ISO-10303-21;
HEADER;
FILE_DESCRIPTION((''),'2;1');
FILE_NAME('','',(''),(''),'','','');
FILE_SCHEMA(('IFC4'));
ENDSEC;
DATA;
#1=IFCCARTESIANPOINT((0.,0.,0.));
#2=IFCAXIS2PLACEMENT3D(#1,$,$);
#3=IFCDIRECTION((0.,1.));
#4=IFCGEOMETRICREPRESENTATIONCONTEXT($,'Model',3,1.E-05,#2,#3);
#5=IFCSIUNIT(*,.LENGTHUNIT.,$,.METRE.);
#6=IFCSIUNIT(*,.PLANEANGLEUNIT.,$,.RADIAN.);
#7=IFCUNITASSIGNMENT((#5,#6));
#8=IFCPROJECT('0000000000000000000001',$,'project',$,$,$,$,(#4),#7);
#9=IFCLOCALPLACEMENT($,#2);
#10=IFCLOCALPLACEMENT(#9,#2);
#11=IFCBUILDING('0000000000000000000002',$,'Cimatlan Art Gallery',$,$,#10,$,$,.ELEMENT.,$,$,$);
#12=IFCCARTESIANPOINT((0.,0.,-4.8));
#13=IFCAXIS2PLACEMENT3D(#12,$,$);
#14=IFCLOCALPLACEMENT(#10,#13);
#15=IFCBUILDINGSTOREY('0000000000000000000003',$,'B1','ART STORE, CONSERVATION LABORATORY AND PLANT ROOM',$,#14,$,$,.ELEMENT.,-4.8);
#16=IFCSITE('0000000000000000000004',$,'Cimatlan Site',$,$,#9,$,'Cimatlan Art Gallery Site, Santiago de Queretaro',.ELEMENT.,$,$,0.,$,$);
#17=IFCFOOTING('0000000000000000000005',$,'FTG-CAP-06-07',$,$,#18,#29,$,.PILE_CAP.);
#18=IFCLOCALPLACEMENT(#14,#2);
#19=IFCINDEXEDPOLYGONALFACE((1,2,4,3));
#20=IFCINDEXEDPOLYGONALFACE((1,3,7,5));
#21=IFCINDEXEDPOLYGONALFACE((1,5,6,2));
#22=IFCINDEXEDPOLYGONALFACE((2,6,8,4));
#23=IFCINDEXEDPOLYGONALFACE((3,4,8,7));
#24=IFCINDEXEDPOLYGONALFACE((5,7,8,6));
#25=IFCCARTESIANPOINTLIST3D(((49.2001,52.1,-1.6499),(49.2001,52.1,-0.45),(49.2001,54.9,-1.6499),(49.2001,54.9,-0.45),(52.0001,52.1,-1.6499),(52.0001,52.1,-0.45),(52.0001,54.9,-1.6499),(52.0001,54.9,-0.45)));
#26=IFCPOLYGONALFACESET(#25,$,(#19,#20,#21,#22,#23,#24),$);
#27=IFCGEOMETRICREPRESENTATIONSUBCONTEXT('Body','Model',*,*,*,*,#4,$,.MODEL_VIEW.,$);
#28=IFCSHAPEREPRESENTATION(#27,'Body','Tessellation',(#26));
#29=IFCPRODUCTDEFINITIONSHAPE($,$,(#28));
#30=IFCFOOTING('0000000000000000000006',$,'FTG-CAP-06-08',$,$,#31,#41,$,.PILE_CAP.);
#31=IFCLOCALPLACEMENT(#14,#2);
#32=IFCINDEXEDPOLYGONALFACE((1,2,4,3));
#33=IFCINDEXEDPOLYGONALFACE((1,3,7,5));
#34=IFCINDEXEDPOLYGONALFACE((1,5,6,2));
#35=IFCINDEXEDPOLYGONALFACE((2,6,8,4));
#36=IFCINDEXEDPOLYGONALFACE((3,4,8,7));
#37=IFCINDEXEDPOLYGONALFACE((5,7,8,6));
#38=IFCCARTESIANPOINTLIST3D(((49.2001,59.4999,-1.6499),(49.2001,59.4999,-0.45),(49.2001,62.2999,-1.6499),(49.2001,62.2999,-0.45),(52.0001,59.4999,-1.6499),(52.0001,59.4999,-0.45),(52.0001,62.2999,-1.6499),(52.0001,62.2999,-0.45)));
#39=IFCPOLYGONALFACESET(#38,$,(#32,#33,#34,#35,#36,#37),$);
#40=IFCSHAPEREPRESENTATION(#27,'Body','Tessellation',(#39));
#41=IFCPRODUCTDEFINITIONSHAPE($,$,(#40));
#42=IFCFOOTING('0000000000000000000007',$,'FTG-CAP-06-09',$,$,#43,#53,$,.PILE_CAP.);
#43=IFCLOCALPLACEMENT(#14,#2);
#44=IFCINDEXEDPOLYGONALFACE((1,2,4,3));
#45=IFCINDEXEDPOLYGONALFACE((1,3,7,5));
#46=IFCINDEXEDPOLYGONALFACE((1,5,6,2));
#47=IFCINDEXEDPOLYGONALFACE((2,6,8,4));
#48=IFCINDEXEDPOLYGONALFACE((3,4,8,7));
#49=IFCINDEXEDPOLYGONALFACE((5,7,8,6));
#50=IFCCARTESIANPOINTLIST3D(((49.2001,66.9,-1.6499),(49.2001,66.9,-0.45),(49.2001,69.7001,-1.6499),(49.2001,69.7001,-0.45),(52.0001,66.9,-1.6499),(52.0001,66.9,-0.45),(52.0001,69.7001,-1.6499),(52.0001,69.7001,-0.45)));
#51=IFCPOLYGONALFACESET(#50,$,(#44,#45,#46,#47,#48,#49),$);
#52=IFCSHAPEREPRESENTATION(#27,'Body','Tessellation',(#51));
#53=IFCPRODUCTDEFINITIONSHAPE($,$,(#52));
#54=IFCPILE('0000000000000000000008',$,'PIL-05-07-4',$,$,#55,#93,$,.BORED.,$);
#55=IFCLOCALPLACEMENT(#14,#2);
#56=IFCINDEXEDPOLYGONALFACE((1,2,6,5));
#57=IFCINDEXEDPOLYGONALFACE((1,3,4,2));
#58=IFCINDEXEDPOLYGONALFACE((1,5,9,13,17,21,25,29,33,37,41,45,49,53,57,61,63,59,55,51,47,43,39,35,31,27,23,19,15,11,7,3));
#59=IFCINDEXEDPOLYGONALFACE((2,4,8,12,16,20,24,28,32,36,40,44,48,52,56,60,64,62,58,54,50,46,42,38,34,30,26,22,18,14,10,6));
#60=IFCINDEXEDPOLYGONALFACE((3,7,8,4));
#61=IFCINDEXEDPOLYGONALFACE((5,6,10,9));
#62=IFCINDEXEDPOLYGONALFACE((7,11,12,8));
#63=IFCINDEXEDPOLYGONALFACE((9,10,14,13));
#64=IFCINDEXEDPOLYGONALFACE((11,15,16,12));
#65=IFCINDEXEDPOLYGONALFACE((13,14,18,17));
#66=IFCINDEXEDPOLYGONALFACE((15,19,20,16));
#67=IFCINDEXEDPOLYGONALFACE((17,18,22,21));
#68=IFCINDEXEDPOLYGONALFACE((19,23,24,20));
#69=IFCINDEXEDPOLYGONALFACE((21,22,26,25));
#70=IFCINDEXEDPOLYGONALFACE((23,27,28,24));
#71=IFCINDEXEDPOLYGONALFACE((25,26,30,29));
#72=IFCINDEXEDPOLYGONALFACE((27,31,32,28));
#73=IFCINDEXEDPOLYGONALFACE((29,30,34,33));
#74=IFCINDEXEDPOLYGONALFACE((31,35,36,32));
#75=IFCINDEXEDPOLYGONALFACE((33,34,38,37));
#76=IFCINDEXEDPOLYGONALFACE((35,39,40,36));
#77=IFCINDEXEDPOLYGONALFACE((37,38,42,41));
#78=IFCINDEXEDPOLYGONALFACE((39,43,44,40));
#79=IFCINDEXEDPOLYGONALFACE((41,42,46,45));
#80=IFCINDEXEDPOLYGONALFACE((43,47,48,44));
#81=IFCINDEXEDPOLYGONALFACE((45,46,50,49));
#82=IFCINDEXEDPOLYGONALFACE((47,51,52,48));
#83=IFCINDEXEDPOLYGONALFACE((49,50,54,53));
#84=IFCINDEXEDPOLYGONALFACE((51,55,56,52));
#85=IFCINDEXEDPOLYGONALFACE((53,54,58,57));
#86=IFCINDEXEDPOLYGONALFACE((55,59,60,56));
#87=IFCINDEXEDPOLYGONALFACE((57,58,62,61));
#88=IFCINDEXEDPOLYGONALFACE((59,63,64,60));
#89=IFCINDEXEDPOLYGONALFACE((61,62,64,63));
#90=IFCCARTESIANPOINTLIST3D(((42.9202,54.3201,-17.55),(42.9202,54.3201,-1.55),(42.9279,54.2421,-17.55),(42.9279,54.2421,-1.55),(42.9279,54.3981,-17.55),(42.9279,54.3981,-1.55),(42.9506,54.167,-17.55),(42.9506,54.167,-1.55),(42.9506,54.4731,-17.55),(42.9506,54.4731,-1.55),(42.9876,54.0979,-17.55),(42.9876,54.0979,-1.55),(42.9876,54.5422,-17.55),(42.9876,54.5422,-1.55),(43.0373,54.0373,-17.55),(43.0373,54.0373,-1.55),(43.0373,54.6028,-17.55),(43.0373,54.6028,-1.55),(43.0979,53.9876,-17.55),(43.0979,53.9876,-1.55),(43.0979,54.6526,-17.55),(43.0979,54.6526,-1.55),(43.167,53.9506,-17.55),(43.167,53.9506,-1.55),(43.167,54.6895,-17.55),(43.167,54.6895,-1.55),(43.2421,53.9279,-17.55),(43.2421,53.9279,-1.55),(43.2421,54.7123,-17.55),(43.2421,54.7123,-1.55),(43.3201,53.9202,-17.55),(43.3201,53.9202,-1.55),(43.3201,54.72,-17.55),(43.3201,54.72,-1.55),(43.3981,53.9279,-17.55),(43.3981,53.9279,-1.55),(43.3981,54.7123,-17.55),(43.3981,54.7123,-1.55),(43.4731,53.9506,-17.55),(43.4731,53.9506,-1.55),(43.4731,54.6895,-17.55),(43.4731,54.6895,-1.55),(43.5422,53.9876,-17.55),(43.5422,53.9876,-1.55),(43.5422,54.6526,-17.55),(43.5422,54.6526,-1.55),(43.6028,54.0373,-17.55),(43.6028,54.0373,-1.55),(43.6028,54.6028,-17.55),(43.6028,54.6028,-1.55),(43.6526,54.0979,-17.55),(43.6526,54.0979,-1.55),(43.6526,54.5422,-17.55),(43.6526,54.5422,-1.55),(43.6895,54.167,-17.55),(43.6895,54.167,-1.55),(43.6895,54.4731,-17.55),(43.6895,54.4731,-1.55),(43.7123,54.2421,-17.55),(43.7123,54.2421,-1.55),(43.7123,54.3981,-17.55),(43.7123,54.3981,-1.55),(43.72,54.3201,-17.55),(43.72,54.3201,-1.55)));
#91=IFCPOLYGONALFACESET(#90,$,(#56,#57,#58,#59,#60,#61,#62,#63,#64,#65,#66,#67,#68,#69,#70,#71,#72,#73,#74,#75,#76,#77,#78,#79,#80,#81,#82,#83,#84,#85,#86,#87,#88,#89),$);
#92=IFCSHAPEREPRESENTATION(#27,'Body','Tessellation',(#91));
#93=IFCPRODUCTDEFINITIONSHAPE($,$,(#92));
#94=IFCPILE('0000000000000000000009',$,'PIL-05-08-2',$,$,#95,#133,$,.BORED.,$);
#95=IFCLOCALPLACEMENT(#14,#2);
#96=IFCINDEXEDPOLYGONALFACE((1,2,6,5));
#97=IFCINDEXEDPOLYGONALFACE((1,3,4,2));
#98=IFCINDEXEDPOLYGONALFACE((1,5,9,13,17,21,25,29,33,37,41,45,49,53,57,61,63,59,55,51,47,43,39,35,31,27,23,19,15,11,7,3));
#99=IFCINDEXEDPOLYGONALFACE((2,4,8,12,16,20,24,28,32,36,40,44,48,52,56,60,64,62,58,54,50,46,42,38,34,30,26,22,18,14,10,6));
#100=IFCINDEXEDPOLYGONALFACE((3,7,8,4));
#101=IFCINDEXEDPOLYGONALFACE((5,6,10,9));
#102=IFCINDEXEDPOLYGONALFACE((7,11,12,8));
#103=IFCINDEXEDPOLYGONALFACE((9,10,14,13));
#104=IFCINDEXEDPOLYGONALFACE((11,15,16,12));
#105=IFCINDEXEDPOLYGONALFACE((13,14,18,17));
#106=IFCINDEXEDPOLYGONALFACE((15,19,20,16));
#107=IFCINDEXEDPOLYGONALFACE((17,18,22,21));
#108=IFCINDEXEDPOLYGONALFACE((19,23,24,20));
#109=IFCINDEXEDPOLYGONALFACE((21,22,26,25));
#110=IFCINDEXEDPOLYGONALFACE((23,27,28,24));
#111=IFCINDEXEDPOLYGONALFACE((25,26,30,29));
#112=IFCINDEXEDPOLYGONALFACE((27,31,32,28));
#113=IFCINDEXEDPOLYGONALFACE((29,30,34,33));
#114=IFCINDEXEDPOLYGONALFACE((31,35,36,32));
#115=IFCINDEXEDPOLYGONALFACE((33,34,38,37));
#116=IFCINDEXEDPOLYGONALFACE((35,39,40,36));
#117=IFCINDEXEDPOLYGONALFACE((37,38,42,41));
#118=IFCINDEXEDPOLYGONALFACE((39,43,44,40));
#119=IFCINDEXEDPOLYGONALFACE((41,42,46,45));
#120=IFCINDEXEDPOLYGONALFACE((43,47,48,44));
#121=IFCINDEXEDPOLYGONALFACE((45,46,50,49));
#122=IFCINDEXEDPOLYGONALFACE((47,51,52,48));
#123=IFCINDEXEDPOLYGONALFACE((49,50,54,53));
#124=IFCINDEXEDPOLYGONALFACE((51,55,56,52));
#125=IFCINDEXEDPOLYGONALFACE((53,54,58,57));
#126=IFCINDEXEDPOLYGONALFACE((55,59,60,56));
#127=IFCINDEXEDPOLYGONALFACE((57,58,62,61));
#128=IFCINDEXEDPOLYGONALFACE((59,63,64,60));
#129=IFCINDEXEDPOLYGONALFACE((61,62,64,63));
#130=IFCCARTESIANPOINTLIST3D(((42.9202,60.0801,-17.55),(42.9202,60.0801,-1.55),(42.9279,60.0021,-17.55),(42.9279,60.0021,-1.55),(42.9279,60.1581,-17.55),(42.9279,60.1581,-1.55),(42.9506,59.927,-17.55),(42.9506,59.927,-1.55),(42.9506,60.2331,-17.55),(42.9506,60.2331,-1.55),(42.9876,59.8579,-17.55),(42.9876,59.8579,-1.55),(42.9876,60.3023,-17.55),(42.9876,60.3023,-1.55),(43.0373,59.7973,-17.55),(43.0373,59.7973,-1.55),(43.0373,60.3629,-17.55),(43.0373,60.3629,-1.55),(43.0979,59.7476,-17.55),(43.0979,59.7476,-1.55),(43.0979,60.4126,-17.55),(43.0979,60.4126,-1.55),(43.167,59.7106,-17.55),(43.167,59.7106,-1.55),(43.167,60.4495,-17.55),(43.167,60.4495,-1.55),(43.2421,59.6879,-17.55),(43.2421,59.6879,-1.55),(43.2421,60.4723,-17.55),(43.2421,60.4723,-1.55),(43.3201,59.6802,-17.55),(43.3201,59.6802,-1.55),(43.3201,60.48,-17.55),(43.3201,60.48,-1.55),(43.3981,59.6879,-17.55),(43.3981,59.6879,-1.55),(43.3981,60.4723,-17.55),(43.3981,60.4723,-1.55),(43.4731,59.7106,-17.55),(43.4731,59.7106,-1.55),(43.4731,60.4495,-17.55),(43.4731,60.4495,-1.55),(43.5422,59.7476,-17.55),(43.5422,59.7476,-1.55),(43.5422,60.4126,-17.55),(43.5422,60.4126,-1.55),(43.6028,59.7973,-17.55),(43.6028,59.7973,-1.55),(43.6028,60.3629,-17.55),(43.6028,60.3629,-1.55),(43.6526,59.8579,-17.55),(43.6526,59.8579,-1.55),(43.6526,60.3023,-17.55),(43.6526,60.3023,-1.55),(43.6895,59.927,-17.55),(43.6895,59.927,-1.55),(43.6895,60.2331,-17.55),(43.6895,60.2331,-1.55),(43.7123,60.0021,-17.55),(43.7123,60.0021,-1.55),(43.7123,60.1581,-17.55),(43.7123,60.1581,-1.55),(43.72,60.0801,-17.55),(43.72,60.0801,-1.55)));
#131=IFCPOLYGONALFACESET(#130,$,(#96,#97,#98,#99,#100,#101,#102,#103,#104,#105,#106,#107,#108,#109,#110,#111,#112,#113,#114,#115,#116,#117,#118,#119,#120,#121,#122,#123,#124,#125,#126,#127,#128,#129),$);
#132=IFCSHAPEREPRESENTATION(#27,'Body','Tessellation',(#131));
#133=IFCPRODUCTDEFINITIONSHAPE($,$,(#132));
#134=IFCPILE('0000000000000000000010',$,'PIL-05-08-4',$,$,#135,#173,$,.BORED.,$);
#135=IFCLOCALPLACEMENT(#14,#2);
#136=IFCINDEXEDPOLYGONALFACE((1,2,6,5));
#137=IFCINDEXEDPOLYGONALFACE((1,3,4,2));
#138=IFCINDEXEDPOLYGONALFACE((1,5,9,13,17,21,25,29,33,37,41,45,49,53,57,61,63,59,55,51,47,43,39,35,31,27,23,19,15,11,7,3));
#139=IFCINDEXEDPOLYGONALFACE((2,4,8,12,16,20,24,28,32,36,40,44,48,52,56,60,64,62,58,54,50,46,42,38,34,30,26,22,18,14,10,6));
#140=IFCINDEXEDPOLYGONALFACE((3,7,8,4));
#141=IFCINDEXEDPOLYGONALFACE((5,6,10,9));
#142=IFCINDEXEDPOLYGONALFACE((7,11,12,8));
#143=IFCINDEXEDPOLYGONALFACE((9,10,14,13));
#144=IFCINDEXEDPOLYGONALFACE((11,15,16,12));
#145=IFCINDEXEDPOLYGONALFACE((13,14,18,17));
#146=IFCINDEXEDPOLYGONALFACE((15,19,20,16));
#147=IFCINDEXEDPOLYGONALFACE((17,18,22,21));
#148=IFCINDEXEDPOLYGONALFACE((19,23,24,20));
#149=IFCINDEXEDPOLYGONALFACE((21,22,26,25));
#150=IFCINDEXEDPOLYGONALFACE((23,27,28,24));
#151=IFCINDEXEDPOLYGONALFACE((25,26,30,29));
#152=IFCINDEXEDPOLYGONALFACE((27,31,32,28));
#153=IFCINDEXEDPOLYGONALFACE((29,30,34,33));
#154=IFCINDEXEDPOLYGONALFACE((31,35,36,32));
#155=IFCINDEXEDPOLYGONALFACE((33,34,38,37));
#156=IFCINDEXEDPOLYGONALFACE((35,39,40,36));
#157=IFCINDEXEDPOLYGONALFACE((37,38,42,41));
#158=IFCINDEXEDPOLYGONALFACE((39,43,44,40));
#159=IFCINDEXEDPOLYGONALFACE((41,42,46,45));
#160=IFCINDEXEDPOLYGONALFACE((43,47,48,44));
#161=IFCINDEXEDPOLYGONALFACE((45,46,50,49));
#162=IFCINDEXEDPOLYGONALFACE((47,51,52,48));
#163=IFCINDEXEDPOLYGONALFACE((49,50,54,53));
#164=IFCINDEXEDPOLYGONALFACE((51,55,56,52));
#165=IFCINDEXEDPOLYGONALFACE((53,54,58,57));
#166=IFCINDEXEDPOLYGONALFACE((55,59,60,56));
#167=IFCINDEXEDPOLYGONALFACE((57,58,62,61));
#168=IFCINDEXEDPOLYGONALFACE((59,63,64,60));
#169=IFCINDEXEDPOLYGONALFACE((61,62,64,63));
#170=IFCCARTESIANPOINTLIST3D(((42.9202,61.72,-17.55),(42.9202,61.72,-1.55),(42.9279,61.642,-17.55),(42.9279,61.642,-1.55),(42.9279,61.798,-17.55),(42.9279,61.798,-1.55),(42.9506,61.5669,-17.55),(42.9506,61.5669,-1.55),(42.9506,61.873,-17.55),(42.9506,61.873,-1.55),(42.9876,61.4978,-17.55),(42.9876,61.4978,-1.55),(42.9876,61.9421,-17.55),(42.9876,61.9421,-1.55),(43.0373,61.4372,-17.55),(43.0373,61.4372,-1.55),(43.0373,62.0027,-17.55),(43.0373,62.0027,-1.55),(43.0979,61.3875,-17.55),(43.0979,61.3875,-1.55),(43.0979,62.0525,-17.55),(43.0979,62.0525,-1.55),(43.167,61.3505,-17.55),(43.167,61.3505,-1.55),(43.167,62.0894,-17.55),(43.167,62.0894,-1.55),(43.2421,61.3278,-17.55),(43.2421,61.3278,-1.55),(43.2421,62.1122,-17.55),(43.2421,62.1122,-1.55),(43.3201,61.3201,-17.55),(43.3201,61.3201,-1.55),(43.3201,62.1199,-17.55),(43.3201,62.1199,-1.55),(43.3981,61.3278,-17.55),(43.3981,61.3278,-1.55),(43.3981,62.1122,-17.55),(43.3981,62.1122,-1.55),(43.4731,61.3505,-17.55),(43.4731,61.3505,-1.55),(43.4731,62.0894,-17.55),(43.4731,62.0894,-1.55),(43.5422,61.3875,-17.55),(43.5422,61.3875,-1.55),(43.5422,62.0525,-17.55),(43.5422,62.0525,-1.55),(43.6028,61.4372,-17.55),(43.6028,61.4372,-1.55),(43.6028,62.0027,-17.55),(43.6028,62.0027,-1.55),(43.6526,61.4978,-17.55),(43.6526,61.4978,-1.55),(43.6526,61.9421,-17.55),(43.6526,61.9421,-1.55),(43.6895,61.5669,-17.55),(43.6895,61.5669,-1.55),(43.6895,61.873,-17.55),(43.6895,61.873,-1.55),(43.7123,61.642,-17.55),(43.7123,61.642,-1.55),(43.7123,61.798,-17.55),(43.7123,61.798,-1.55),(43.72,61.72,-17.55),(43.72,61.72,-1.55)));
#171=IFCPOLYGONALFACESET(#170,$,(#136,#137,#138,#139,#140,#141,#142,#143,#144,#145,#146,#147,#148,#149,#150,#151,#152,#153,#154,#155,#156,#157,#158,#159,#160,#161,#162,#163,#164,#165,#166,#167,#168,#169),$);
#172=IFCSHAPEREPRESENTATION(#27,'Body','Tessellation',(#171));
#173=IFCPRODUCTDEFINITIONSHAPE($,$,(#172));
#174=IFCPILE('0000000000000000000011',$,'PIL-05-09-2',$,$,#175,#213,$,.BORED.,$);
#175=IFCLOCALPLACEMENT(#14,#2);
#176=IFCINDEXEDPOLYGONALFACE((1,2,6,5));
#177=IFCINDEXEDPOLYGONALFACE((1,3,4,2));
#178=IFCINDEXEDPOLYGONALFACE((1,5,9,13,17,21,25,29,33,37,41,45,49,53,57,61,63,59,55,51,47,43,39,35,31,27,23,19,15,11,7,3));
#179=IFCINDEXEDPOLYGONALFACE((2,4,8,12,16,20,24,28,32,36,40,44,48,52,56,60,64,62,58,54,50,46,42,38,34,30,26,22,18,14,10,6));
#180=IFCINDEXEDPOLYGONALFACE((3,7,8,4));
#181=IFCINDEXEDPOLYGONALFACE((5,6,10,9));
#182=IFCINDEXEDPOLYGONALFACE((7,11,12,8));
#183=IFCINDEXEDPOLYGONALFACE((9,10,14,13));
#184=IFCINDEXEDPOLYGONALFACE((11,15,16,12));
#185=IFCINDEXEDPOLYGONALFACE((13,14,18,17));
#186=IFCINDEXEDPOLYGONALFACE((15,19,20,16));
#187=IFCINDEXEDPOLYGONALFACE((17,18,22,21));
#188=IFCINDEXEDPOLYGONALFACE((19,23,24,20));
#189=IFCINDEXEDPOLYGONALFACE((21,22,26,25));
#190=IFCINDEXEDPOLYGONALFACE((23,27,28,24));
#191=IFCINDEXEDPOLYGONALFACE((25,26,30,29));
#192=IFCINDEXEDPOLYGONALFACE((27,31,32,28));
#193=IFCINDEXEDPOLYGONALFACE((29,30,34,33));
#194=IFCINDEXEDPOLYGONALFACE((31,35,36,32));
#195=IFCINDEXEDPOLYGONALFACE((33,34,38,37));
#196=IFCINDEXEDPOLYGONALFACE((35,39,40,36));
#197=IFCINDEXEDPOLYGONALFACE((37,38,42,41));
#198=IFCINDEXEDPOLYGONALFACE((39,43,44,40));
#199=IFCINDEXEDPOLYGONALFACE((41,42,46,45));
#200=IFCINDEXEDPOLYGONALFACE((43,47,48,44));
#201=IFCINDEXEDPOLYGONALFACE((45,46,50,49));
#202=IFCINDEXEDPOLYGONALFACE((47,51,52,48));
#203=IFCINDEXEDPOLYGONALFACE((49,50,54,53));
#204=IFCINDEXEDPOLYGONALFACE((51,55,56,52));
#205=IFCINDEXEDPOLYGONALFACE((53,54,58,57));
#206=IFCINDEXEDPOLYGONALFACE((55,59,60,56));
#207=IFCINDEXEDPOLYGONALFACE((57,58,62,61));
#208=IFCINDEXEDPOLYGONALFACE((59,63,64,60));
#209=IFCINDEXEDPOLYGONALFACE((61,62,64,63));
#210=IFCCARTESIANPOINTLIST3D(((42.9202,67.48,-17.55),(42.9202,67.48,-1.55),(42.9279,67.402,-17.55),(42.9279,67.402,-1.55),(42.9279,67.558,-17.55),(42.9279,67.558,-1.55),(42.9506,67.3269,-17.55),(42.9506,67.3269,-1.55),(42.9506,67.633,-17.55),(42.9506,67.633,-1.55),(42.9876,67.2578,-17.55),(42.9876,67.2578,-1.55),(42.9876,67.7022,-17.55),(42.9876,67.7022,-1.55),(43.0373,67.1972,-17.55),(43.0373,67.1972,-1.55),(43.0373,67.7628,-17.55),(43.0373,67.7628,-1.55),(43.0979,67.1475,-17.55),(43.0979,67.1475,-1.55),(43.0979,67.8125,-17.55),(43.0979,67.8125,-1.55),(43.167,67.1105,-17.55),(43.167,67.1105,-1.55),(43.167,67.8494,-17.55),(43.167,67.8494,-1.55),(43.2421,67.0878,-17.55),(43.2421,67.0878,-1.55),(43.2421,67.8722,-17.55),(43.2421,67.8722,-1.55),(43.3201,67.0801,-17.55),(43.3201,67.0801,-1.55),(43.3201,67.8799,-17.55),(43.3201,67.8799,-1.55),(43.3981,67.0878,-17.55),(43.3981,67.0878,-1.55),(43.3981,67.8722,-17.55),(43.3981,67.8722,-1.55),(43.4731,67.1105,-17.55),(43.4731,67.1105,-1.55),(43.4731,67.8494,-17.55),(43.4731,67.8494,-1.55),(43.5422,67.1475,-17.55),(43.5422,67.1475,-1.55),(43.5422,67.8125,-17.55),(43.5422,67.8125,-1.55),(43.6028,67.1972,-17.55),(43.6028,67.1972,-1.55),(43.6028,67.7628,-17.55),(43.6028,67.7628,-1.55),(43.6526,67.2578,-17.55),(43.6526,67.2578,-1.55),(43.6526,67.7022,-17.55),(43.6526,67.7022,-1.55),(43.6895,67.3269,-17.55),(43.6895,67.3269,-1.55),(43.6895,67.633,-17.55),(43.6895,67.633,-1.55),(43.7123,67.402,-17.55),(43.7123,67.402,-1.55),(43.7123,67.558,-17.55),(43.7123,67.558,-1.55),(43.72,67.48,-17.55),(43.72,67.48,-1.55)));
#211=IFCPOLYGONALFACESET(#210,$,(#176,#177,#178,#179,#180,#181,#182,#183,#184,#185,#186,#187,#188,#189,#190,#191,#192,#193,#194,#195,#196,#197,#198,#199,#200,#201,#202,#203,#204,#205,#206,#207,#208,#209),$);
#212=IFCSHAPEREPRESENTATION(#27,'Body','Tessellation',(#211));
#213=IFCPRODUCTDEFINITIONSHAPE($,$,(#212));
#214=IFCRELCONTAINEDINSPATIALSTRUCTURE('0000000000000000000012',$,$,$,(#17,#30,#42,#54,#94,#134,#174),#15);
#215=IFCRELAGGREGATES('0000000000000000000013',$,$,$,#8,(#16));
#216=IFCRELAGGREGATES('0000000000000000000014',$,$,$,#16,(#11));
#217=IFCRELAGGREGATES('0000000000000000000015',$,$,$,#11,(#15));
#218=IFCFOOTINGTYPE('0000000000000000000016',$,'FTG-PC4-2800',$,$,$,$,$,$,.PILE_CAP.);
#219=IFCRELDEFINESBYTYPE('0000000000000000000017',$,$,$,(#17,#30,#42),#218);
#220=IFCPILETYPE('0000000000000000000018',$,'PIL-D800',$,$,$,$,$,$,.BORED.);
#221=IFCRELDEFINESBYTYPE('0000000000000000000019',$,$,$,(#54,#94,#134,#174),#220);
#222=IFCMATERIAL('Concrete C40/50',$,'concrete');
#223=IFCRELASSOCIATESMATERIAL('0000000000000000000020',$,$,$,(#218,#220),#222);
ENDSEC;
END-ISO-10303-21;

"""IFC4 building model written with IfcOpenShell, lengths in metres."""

from ifc_helpers import new_model, si_unit, direction, frame, origin, origin_2d, place, context, subcontext, project, spatial, rectangle, circle, extrude, material, type_object, element, save


model = new_model("IFC4")

# Units and contexts
model_context = context("Model", 3, precision=1e-05, world=origin(), true_north=direction((0.0, 1.0)))
body_context = subcontext(model_context, "Body", "Model", "MODEL_VIEW")
ifc_project = project(units=[si_unit("LENGTHUNIT", "METRE"), si_unit("PLANEANGLEUNIT", "RADIAN")], contexts=[model_context])

# Site, building, storey
site_placement = place(None, origin())
site = spatial("IfcSite", under=ifc_project, at=site_placement, Name="Cimatlan Site", LongName="Cimatlan Art Gallery Site, Santiago de Queretaro", CompositionType="ELEMENT", RefElevation=0.0)
building_placement = place(site_placement, origin())
building = spatial("IfcBuilding", under=site, at=building_placement, Name="Cimatlan Art Gallery", CompositionType="ELEMENT")
storey_placement = place(building_placement, frame((0.0, 0.0, -4.8)))
storey = spatial("IfcBuildingStorey", under=building, at=storey_placement, Name="B1", Description="ART STORE, CONSERVATION LABORATORY AND PLANT ROOM", CompositionType="ELEMENT", Elevation=-4.8)

# Footings
ifc_material_1 = material(Name="Concrete C40/50", Category="concrete")
footing_type = type_object("IfcFootingType", Name="FTG-PC4-2800", PredefinedType="PILE_CAP", material=ifc_material_1)
for number, where, z_axis, x_axis, name in (
    (1, (50.6001, 53.5, -1.6499), (0.0, 0.0, 1.0), (1.0, 0.0, 0.0), "FTG-CAP-06-07"),
    (2, (50.6001, 60.8999, -1.6499), (0.0, 0.0, 1.0), (1.0, 0.0, 0.0), "FTG-CAP-06-08"),
    (3, (50.6001, 68.3, -1.6499), (0.0, 0.0, 1.0), (1.0, 0.0, 0.0), "FTG-CAP-06-09"),
):
    element("IfcFooting", number, at=place(storey_placement, frame(where, z_axis=z_axis, x_axis=x_axis)), inside=storey, type_object=footing_type, Name=name, PredefinedType="PILE_CAP", context=body_context, shape_type="SweptSolid", body=[
        extrude(rectangle(XDim=2.8, YDim=2.8, at=origin_2d()), origin(), (0.0, 0.0, 1.0), 1.2),
    ])

# Piles
pile_type = type_object("IfcPileType", Name="PIL-D800", PredefinedType="BORED", material=ifc_material_1)
for number, where, z_axis, x_axis, name in (
    (4, (43.3201, 54.3201, -1.55), (0.0, 0.0, -1.0), (1.0, 0.0, 0.0), "PIL-05-07-4"),
    (5, (43.3201, 60.0801, -1.55), (0.0, 0.0, -1.0), (1.0, 0.0, 0.0), "PIL-05-08-2"),
    (6, (43.3201, 61.72, -1.55), (0.0, 0.0, -1.0), (1.0, 0.0, 0.0), "PIL-05-08-4"),
    (7, (43.3201, 67.48, -1.55), (0.0, 0.0, -1.0), (1.0, 0.0, 0.0), "PIL-05-09-2"),
):
    element("IfcPile", number, at=place(storey_placement, frame(where, z_axis=z_axis, x_axis=x_axis)), inside=storey, type_object=pile_type, Name=name, PredefinedType="BORED", context=body_context, shape_type="SweptSolid", body=[
        extrude(circle(Radius=0.3999, at=origin_2d()), origin(), (0.0, 0.0, 1.0), 16.0),
    ])

save(model, "model.ifc")
